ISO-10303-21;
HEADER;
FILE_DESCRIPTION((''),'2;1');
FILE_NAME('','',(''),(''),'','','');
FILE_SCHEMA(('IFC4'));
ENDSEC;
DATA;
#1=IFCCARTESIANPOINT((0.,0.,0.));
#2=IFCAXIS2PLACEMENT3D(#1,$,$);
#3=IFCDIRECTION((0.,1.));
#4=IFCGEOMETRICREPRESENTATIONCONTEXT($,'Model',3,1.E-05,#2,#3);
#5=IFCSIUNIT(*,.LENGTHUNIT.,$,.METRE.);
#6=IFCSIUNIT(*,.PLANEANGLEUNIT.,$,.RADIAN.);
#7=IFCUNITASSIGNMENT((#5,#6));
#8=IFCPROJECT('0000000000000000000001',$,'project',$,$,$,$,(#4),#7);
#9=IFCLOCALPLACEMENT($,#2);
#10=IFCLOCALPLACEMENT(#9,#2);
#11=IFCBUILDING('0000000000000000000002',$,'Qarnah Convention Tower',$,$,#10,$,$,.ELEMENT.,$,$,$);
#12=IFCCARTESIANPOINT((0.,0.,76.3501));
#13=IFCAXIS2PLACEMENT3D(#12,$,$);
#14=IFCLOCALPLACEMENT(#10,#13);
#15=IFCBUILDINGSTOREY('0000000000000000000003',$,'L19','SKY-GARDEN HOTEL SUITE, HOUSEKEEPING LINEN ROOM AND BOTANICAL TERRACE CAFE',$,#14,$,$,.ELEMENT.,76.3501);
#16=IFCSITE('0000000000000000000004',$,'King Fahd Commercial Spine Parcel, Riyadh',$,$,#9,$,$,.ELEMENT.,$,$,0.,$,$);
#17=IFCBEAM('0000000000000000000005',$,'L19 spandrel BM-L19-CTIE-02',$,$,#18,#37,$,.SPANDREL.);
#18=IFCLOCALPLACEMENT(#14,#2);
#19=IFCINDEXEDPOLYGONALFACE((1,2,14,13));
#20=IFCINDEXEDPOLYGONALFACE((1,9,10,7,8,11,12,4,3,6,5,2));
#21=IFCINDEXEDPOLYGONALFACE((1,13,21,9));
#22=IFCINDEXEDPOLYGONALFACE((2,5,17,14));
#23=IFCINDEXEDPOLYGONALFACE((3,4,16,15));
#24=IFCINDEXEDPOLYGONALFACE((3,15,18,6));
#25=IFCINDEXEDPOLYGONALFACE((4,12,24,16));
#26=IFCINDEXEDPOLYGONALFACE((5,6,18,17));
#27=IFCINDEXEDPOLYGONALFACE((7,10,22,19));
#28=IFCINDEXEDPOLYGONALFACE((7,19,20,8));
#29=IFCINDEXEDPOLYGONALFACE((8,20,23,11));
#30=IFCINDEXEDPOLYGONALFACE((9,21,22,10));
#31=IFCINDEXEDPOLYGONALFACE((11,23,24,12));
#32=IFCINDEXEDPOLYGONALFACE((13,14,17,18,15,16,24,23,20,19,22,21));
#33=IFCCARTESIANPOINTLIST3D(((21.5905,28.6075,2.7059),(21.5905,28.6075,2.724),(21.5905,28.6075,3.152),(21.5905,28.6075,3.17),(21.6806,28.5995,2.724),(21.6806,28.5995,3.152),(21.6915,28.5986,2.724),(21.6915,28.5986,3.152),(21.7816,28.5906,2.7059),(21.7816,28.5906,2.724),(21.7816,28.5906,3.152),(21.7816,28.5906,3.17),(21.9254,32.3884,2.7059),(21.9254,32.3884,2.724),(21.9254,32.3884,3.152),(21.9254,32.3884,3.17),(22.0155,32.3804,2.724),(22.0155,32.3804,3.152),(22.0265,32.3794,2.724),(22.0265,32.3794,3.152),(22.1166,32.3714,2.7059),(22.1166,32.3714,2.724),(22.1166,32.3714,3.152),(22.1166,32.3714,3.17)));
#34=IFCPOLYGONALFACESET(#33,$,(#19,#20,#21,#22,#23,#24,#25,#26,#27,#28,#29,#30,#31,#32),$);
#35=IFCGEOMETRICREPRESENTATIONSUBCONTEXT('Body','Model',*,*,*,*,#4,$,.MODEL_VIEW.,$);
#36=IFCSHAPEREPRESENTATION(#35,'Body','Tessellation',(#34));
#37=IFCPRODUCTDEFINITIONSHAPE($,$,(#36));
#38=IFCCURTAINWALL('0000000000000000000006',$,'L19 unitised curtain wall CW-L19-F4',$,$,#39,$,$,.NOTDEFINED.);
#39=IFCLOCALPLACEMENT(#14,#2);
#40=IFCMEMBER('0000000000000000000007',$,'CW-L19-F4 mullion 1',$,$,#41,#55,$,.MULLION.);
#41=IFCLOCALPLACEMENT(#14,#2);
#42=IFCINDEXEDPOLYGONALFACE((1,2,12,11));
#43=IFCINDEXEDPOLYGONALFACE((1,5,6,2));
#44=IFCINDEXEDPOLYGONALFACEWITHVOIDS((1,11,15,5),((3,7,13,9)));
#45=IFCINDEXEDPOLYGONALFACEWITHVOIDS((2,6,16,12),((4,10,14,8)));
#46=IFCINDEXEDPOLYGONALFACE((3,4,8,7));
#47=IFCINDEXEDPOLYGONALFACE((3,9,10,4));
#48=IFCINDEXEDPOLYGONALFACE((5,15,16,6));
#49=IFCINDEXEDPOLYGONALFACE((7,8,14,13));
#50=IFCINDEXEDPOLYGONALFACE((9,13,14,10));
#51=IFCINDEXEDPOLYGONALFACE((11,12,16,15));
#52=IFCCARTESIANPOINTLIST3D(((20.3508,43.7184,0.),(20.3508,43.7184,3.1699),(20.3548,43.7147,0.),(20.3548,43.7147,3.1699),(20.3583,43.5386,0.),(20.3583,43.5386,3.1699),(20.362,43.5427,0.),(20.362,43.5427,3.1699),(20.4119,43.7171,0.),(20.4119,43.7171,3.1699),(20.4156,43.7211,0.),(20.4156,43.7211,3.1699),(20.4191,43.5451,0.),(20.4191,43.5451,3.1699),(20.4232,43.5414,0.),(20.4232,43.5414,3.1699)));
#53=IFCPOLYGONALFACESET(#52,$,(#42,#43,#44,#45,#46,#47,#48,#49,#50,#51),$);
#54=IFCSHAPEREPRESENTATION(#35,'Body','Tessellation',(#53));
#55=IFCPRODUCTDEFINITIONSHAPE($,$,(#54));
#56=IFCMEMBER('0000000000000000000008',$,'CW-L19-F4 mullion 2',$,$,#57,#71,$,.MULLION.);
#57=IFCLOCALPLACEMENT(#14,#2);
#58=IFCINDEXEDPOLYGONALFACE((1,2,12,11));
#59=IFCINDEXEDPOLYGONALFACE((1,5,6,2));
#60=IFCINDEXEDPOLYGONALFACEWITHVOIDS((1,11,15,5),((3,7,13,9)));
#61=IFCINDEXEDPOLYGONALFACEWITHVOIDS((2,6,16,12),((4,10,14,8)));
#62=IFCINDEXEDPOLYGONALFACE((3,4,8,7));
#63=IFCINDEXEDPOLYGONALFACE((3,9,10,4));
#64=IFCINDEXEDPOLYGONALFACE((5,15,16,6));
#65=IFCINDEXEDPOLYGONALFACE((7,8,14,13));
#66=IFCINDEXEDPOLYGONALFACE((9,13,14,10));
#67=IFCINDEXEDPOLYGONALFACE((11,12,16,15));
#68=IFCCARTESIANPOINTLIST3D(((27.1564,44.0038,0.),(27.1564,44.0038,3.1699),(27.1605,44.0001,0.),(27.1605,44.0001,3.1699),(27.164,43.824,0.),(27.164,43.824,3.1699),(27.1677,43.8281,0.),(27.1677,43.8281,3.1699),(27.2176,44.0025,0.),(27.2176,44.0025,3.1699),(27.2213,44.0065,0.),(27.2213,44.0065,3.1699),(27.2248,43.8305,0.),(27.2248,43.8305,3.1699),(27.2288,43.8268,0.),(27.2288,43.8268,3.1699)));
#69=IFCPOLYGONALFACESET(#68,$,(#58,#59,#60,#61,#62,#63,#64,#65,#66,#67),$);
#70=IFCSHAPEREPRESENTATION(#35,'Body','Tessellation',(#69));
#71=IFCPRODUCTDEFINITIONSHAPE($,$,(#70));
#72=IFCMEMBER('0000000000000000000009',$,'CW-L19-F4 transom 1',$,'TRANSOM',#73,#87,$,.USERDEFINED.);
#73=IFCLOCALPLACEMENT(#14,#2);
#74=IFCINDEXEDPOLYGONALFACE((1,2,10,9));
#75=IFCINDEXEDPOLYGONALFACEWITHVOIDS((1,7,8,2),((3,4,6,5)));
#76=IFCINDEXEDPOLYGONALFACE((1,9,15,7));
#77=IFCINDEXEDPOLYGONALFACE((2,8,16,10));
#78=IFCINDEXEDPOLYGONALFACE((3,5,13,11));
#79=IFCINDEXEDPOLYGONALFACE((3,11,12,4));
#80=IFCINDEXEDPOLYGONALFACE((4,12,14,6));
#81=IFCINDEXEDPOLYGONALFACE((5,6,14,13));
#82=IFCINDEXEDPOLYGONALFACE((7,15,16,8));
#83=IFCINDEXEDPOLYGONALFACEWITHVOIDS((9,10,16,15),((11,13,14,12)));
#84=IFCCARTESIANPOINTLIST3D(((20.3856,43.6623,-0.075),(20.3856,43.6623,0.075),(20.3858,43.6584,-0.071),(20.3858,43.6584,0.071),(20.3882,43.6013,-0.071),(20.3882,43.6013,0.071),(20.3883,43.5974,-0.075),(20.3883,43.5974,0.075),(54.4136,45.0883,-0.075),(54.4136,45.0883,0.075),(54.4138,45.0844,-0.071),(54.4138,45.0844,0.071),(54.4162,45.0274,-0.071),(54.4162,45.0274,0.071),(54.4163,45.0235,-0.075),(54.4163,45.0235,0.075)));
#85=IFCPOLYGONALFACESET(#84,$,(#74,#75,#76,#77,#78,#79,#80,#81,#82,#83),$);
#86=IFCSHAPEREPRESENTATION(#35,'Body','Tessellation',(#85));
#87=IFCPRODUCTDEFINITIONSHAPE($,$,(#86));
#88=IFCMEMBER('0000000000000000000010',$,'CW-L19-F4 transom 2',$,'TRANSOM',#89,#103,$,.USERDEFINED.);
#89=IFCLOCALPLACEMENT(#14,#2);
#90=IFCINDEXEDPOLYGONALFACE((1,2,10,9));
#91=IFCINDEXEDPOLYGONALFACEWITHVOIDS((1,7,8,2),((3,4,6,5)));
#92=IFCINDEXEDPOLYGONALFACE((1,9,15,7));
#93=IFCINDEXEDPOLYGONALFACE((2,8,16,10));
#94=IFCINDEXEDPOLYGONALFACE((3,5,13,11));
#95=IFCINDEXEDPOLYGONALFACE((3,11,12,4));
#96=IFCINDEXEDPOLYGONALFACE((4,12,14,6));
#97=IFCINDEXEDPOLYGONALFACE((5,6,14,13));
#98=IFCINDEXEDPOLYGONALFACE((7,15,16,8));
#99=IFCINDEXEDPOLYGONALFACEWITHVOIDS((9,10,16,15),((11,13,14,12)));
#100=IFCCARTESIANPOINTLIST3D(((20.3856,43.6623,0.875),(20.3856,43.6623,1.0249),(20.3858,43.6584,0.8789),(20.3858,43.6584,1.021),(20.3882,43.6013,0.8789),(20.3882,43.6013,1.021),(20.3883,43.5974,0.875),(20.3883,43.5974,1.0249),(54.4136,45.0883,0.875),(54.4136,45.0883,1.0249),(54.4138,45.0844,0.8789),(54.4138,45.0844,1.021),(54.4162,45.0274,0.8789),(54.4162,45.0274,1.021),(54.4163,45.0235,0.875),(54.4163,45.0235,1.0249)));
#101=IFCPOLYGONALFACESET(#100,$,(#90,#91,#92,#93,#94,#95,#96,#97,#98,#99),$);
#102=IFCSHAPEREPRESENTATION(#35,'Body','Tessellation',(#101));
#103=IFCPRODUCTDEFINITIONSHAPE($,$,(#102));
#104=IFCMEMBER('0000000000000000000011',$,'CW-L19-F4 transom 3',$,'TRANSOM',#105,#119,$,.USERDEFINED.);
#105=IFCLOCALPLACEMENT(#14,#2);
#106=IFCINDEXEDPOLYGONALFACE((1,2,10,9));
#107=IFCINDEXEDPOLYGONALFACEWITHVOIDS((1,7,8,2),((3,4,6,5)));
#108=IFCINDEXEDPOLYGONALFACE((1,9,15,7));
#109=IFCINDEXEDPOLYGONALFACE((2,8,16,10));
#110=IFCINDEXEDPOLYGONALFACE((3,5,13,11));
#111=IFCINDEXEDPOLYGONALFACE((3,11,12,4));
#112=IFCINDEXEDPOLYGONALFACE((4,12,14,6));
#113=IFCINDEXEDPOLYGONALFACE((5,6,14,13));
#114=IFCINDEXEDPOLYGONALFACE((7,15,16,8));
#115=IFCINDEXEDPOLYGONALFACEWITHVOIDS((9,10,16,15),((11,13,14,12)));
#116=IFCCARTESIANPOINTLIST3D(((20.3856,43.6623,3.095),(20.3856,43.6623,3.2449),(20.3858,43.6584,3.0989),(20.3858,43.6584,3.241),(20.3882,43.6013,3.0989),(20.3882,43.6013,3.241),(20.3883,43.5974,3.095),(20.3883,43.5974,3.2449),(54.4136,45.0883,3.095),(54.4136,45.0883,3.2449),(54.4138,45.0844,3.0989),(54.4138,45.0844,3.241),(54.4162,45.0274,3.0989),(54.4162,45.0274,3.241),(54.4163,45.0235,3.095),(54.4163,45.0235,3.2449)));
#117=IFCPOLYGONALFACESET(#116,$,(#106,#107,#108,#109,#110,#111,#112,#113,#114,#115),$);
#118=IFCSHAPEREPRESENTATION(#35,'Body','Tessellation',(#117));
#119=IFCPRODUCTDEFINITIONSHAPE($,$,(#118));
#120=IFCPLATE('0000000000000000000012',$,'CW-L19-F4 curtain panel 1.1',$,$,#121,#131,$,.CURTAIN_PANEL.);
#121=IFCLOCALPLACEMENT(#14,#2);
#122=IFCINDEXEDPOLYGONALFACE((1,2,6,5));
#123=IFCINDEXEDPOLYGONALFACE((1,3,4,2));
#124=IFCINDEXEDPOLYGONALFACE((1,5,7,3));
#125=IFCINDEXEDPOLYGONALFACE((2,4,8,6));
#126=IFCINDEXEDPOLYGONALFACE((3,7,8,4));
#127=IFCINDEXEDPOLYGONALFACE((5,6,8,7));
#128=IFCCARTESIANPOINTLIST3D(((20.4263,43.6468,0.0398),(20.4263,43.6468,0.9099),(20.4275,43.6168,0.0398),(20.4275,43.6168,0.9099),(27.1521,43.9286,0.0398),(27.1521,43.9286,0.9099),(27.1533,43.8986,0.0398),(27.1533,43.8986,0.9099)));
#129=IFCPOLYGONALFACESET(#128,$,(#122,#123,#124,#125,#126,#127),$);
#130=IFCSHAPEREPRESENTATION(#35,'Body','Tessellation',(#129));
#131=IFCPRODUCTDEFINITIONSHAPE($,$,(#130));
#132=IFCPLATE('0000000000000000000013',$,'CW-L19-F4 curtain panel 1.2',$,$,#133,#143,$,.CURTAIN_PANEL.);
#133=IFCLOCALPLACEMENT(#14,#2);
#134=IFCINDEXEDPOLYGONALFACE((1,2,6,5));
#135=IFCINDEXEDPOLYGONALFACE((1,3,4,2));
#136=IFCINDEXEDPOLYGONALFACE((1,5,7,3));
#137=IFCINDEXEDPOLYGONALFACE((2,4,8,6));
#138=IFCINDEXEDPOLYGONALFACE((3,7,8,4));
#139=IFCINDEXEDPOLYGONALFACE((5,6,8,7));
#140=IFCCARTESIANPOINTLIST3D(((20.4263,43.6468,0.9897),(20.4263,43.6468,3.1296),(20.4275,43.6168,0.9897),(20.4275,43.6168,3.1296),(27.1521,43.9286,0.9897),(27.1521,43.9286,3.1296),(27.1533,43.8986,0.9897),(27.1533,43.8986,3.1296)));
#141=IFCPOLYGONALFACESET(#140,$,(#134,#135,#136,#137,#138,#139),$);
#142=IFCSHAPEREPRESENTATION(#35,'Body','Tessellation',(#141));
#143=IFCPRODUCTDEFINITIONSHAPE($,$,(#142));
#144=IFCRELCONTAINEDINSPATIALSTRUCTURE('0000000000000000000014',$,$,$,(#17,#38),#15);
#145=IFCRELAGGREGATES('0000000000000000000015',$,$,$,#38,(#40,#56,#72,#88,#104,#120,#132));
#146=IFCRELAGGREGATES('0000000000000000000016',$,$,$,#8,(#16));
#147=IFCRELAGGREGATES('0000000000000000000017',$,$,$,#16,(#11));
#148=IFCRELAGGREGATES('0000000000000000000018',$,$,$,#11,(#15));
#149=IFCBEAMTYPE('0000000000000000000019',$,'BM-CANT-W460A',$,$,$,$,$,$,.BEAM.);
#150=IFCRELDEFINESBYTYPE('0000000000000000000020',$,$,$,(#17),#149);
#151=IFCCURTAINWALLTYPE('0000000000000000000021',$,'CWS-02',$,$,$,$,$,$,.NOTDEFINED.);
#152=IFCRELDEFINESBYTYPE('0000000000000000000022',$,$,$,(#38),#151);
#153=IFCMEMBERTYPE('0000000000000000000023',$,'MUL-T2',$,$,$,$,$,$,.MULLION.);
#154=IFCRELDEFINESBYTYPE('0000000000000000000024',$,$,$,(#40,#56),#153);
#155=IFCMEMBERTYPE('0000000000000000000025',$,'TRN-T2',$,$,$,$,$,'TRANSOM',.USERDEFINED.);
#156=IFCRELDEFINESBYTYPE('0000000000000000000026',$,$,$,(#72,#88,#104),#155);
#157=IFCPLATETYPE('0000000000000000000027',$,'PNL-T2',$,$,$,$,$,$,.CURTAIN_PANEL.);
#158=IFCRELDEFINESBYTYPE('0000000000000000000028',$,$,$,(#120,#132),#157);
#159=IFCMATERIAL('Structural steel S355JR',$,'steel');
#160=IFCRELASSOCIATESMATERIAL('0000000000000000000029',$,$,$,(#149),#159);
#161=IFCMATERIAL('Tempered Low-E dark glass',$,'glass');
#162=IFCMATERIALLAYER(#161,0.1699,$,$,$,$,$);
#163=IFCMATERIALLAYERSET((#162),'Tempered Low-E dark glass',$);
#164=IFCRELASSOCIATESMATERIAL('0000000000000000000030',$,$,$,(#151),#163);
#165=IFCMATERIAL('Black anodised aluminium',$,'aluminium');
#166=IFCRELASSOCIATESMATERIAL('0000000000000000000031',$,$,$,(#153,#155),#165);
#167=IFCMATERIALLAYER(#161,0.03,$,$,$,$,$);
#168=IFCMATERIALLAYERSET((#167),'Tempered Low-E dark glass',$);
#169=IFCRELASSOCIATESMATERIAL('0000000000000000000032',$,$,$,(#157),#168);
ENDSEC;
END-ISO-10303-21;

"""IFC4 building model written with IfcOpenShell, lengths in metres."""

from ifc_helpers import new_model, si_unit, direction, frame, origin, origin_2d, place, context, subcontext, project, spatial, rectangle, hollow_rectangle, i_section, extrude, material, layer, layer_set, material_profile, profile_set, type_object, element, aggregate, save


model = new_model("IFC4")

# Units and contexts
model_context = context("Model", 3, precision=1e-05, world=origin(), true_north=direction((0.0, 1.0)))
body_context = subcontext(model_context, "Body", "Model", "MODEL_VIEW")
ifc_project = project(units=[si_unit("LENGTHUNIT", "METRE"), si_unit("PLANEANGLEUNIT", "RADIAN")], contexts=[model_context])

# Site, building, storey
site_placement = place(None, origin())
site = spatial("IfcSite", under=ifc_project, at=site_placement, Name="King Fahd Commercial Spine Parcel, Riyadh", CompositionType="ELEMENT", RefElevation=0.0)
building_placement = place(site_placement, origin())
building = spatial("IfcBuilding", under=site, at=building_placement, Name="Qarnah Convention Tower", CompositionType="ELEMENT")
storey_placement = place(building_placement, frame((0.0, 0.0, 76.3501)))
storey = spatial("IfcBuildingStorey", under=building, at=storey_placement, Name="L19", Description="SKY-GARDEN HOTEL SUITE, HOUSEKEEPING LINEN ROOM AND BOTANICAL TERRACE CAFE", CompositionType="ELEMENT", Elevation=76.3501)

# Beam
ifc_material_1 = material(Name="Structural steel S355JR", Category="steel")
ifc_material_profile_1 = material_profile(ifc_material_1, i_section(OverallWidth=0.1919, OverallDepth=0.4641, WebThickness=0.011, FlangeThickness=0.0181, at=origin_2d()), Name="W460X89")
ifc_profile_set_1 = profile_set([ifc_material_profile_1], Name="Structural steel S355JR")
beam_type = type_object("IfcBeamType", Name="BM-CANT-W460A", PredefinedType="BEAM", material=ifc_profile_set_1)
beam_placement = place(storey_placement, frame((22.021, 32.3799, 2.938), z_axis=(-0.08825, -0.996098, 0.0), x_axis=(0.996098, -0.08825, 0.0)))
element("IfcBeam", 1, at=beam_placement, inside=storey, type_object=beam_type, Name="L19 spandrel BM-L19-CTIE-02", PredefinedType="SPANDREL", context=body_context, shape_type="SweptSolid", body=[
    extrude(i_section(OverallWidth=0.1919, OverallDepth=0.4641, WebThickness=0.011, FlangeThickness=0.0181, at=origin_2d()), origin(), (0.0, 0.0, 1.0), 3.7957),
])

# Curtain wall, members, plates
ifc_material_2 = material(Name="Tempered Low-E dark glass", Category="glass")
ifc_layer_1 = layer(ifc_material_2, 0.1699)
ifc_layer_set_1 = layer_set([ifc_layer_1], Name="Tempered Low-E dark glass")
curtain_wall_type = type_object("IfcCurtainWallType", Name="CWS-02", PredefinedType="NOTDEFINED", material=ifc_layer_set_1)
curtain_wall_placement = place(storey_placement, origin())
curtain_wall = element("IfcCurtainWall", 2, at=curtain_wall_placement, inside=storey, type_object=curtain_wall_type, Name="L19 unitised curtain wall CW-L19-F4", PredefinedType="NOTDEFINED")
ifc_material_3 = material(Name="Black anodised aluminium", Category="aluminium")
ifc_material_profile_2 = material_profile(ifc_material_3, hollow_rectangle(XDim=0.0649, YDim=0.1799, WallThickness=0.0039, at=origin_2d()), Name="MUL-65X180")
ifc_profile_set_2 = profile_set([ifc_material_profile_2], Name="Black anodised aluminium")
member_type_1 = type_object("IfcMemberType", Name="MUL-T2", PredefinedType="MULLION", material=ifc_profile_set_2)
member_1_placement = place(storey_placement, frame((20.387, 43.6299, 0.0), z_axis=(0.0, 0.0, 1.0), x_axis=(0.999123, 0.04187, 0.0)))
member_1 = element("IfcMember", 3, at=member_1_placement, type_object=member_type_1, Name="CW-L19-F4 mullion 1", PredefinedType="MULLION", context=body_context, shape_type="SweptSolid", body=[
    extrude(hollow_rectangle(XDim=0.0649, YDim=0.1799, WallThickness=0.0039, at=origin_2d()), origin(), (0.0, 0.0, 1.0), 3.1699),
])
member_2_placement = place(storey_placement, frame((27.1926, 43.9153, 0.0), z_axis=(0.0, 0.0, 1.0), x_axis=(0.999123, 0.04187, 0.0)))
member_2 = element("IfcMember", 4, at=member_2_placement, type_object=member_type_1, Name="CW-L19-F4 mullion 2", PredefinedType="MULLION", context=body_context, shape_type="SweptSolid", body=[
    extrude(hollow_rectangle(XDim=0.0649, YDim=0.1799, WallThickness=0.0039, at=origin_2d()), origin(), (0.0, 0.0, 1.0), 3.1699),
])
ifc_material_profile_3 = material_profile(ifc_material_3, hollow_rectangle(XDim=0.0649, YDim=0.1499, WallThickness=0.0039, at=origin_2d()), Name="TRN-65X150")
ifc_profile_set_3 = profile_set([ifc_material_profile_3], Name="Black anodised aluminium")
member_type_2 = type_object("IfcMemberType", Name="TRN-T2", ElementType="TRANSOM", PredefinedType="USERDEFINED", material=ifc_profile_set_3)
member_3_placement = place(storey_placement, frame((20.387, 43.6299, 0.0), z_axis=(0.999123, 0.041871, 0.0), x_axis=(-0.041871, 0.999123, 0.0)))
member_3 = element("IfcMember", 5, at=member_3_placement, type_object=member_type_2, Name="CW-L19-F4 transom 1", ObjectType="TRANSOM", PredefinedType="USERDEFINED", context=body_context, shape_type="SweptSolid", body=[
    extrude(hollow_rectangle(XDim=0.0649, YDim=0.1499, WallThickness=0.0039, at=origin_2d()), origin(), (0.0, 0.0, 1.0), 34.0579),
])
member_4_placement = place(storey_placement, frame((20.387, 43.6299, 0.95), z_axis=(0.999123, 0.041871, 0.0), x_axis=(-0.041871, 0.999123, 0.0)))
member_4 = element("IfcMember", 6, at=member_4_placement, type_object=member_type_2, Name="CW-L19-F4 transom 2", ObjectType="TRANSOM", PredefinedType="USERDEFINED", context=body_context, shape_type="SweptSolid", body=[
    extrude(hollow_rectangle(XDim=0.0649, YDim=0.1499, WallThickness=0.0039, at=origin_2d()), origin(), (0.0, 0.0, 1.0), 34.0579),
])
member_5_placement = place(storey_placement, frame((20.387, 43.6299, 3.1699), z_axis=(0.999123, 0.041871, 0.0), x_axis=(-0.041871, 0.999123, 0.0)))
member_5 = element("IfcMember", 7, at=member_5_placement, type_object=member_type_2, Name="CW-L19-F4 transom 3", ObjectType="TRANSOM", PredefinedType="USERDEFINED", context=body_context, shape_type="SweptSolid", body=[
    extrude(hollow_rectangle(XDim=0.0649, YDim=0.1499, WallThickness=0.0039, at=origin_2d()), origin(), (0.0, 0.0, 1.0), 34.0579),
])
ifc_layer_2 = layer(ifc_material_2, 0.03)
ifc_layer_set_2 = layer_set([ifc_layer_2], Name="Tempered Low-E dark glass")
plate_type = type_object("IfcPlateType", Name="PNL-T2", PredefinedType="CURTAIN_PANEL", material=ifc_layer_set_2)
plate_1_placement = place(storey_placement, frame((23.7898, 43.7727, 0.0398), z_axis=(0.0, 0.0, 1.0), x_axis=(0.999123, 0.04187, 0.0)))
plate_1 = element("IfcPlate", 8, at=plate_1_placement, type_object=plate_type, Name="CW-L19-F4 curtain panel 1.1", PredefinedType="CURTAIN_PANEL", context=body_context, shape_type="SweptSolid", body=[
    extrude(rectangle(XDim=6.7317, YDim=0.03, at=origin_2d()), origin(), (0.0, 0.0, 1.0), 0.8701),
])
plate_2_placement = place(storey_placement, frame((23.7898, 43.7727, 0.9897), z_axis=(0.0, 0.0, 1.0), x_axis=(0.999123, 0.04187, 0.0)))
plate_2 = element("IfcPlate", 9, at=plate_2_placement, type_object=plate_type, Name="CW-L19-F4 curtain panel 1.2", PredefinedType="CURTAIN_PANEL", context=body_context, shape_type="SweptSolid", body=[
    extrude(rectangle(XDim=6.7317, YDim=0.03, at=origin_2d()), origin(), (0.0, 0.0, 1.0), 2.1399),
])
aggregate(curtain_wall, [member_1, member_2, member_3, member_4, member_5, plate_1, plate_2])

save(model, "model.ifc")
